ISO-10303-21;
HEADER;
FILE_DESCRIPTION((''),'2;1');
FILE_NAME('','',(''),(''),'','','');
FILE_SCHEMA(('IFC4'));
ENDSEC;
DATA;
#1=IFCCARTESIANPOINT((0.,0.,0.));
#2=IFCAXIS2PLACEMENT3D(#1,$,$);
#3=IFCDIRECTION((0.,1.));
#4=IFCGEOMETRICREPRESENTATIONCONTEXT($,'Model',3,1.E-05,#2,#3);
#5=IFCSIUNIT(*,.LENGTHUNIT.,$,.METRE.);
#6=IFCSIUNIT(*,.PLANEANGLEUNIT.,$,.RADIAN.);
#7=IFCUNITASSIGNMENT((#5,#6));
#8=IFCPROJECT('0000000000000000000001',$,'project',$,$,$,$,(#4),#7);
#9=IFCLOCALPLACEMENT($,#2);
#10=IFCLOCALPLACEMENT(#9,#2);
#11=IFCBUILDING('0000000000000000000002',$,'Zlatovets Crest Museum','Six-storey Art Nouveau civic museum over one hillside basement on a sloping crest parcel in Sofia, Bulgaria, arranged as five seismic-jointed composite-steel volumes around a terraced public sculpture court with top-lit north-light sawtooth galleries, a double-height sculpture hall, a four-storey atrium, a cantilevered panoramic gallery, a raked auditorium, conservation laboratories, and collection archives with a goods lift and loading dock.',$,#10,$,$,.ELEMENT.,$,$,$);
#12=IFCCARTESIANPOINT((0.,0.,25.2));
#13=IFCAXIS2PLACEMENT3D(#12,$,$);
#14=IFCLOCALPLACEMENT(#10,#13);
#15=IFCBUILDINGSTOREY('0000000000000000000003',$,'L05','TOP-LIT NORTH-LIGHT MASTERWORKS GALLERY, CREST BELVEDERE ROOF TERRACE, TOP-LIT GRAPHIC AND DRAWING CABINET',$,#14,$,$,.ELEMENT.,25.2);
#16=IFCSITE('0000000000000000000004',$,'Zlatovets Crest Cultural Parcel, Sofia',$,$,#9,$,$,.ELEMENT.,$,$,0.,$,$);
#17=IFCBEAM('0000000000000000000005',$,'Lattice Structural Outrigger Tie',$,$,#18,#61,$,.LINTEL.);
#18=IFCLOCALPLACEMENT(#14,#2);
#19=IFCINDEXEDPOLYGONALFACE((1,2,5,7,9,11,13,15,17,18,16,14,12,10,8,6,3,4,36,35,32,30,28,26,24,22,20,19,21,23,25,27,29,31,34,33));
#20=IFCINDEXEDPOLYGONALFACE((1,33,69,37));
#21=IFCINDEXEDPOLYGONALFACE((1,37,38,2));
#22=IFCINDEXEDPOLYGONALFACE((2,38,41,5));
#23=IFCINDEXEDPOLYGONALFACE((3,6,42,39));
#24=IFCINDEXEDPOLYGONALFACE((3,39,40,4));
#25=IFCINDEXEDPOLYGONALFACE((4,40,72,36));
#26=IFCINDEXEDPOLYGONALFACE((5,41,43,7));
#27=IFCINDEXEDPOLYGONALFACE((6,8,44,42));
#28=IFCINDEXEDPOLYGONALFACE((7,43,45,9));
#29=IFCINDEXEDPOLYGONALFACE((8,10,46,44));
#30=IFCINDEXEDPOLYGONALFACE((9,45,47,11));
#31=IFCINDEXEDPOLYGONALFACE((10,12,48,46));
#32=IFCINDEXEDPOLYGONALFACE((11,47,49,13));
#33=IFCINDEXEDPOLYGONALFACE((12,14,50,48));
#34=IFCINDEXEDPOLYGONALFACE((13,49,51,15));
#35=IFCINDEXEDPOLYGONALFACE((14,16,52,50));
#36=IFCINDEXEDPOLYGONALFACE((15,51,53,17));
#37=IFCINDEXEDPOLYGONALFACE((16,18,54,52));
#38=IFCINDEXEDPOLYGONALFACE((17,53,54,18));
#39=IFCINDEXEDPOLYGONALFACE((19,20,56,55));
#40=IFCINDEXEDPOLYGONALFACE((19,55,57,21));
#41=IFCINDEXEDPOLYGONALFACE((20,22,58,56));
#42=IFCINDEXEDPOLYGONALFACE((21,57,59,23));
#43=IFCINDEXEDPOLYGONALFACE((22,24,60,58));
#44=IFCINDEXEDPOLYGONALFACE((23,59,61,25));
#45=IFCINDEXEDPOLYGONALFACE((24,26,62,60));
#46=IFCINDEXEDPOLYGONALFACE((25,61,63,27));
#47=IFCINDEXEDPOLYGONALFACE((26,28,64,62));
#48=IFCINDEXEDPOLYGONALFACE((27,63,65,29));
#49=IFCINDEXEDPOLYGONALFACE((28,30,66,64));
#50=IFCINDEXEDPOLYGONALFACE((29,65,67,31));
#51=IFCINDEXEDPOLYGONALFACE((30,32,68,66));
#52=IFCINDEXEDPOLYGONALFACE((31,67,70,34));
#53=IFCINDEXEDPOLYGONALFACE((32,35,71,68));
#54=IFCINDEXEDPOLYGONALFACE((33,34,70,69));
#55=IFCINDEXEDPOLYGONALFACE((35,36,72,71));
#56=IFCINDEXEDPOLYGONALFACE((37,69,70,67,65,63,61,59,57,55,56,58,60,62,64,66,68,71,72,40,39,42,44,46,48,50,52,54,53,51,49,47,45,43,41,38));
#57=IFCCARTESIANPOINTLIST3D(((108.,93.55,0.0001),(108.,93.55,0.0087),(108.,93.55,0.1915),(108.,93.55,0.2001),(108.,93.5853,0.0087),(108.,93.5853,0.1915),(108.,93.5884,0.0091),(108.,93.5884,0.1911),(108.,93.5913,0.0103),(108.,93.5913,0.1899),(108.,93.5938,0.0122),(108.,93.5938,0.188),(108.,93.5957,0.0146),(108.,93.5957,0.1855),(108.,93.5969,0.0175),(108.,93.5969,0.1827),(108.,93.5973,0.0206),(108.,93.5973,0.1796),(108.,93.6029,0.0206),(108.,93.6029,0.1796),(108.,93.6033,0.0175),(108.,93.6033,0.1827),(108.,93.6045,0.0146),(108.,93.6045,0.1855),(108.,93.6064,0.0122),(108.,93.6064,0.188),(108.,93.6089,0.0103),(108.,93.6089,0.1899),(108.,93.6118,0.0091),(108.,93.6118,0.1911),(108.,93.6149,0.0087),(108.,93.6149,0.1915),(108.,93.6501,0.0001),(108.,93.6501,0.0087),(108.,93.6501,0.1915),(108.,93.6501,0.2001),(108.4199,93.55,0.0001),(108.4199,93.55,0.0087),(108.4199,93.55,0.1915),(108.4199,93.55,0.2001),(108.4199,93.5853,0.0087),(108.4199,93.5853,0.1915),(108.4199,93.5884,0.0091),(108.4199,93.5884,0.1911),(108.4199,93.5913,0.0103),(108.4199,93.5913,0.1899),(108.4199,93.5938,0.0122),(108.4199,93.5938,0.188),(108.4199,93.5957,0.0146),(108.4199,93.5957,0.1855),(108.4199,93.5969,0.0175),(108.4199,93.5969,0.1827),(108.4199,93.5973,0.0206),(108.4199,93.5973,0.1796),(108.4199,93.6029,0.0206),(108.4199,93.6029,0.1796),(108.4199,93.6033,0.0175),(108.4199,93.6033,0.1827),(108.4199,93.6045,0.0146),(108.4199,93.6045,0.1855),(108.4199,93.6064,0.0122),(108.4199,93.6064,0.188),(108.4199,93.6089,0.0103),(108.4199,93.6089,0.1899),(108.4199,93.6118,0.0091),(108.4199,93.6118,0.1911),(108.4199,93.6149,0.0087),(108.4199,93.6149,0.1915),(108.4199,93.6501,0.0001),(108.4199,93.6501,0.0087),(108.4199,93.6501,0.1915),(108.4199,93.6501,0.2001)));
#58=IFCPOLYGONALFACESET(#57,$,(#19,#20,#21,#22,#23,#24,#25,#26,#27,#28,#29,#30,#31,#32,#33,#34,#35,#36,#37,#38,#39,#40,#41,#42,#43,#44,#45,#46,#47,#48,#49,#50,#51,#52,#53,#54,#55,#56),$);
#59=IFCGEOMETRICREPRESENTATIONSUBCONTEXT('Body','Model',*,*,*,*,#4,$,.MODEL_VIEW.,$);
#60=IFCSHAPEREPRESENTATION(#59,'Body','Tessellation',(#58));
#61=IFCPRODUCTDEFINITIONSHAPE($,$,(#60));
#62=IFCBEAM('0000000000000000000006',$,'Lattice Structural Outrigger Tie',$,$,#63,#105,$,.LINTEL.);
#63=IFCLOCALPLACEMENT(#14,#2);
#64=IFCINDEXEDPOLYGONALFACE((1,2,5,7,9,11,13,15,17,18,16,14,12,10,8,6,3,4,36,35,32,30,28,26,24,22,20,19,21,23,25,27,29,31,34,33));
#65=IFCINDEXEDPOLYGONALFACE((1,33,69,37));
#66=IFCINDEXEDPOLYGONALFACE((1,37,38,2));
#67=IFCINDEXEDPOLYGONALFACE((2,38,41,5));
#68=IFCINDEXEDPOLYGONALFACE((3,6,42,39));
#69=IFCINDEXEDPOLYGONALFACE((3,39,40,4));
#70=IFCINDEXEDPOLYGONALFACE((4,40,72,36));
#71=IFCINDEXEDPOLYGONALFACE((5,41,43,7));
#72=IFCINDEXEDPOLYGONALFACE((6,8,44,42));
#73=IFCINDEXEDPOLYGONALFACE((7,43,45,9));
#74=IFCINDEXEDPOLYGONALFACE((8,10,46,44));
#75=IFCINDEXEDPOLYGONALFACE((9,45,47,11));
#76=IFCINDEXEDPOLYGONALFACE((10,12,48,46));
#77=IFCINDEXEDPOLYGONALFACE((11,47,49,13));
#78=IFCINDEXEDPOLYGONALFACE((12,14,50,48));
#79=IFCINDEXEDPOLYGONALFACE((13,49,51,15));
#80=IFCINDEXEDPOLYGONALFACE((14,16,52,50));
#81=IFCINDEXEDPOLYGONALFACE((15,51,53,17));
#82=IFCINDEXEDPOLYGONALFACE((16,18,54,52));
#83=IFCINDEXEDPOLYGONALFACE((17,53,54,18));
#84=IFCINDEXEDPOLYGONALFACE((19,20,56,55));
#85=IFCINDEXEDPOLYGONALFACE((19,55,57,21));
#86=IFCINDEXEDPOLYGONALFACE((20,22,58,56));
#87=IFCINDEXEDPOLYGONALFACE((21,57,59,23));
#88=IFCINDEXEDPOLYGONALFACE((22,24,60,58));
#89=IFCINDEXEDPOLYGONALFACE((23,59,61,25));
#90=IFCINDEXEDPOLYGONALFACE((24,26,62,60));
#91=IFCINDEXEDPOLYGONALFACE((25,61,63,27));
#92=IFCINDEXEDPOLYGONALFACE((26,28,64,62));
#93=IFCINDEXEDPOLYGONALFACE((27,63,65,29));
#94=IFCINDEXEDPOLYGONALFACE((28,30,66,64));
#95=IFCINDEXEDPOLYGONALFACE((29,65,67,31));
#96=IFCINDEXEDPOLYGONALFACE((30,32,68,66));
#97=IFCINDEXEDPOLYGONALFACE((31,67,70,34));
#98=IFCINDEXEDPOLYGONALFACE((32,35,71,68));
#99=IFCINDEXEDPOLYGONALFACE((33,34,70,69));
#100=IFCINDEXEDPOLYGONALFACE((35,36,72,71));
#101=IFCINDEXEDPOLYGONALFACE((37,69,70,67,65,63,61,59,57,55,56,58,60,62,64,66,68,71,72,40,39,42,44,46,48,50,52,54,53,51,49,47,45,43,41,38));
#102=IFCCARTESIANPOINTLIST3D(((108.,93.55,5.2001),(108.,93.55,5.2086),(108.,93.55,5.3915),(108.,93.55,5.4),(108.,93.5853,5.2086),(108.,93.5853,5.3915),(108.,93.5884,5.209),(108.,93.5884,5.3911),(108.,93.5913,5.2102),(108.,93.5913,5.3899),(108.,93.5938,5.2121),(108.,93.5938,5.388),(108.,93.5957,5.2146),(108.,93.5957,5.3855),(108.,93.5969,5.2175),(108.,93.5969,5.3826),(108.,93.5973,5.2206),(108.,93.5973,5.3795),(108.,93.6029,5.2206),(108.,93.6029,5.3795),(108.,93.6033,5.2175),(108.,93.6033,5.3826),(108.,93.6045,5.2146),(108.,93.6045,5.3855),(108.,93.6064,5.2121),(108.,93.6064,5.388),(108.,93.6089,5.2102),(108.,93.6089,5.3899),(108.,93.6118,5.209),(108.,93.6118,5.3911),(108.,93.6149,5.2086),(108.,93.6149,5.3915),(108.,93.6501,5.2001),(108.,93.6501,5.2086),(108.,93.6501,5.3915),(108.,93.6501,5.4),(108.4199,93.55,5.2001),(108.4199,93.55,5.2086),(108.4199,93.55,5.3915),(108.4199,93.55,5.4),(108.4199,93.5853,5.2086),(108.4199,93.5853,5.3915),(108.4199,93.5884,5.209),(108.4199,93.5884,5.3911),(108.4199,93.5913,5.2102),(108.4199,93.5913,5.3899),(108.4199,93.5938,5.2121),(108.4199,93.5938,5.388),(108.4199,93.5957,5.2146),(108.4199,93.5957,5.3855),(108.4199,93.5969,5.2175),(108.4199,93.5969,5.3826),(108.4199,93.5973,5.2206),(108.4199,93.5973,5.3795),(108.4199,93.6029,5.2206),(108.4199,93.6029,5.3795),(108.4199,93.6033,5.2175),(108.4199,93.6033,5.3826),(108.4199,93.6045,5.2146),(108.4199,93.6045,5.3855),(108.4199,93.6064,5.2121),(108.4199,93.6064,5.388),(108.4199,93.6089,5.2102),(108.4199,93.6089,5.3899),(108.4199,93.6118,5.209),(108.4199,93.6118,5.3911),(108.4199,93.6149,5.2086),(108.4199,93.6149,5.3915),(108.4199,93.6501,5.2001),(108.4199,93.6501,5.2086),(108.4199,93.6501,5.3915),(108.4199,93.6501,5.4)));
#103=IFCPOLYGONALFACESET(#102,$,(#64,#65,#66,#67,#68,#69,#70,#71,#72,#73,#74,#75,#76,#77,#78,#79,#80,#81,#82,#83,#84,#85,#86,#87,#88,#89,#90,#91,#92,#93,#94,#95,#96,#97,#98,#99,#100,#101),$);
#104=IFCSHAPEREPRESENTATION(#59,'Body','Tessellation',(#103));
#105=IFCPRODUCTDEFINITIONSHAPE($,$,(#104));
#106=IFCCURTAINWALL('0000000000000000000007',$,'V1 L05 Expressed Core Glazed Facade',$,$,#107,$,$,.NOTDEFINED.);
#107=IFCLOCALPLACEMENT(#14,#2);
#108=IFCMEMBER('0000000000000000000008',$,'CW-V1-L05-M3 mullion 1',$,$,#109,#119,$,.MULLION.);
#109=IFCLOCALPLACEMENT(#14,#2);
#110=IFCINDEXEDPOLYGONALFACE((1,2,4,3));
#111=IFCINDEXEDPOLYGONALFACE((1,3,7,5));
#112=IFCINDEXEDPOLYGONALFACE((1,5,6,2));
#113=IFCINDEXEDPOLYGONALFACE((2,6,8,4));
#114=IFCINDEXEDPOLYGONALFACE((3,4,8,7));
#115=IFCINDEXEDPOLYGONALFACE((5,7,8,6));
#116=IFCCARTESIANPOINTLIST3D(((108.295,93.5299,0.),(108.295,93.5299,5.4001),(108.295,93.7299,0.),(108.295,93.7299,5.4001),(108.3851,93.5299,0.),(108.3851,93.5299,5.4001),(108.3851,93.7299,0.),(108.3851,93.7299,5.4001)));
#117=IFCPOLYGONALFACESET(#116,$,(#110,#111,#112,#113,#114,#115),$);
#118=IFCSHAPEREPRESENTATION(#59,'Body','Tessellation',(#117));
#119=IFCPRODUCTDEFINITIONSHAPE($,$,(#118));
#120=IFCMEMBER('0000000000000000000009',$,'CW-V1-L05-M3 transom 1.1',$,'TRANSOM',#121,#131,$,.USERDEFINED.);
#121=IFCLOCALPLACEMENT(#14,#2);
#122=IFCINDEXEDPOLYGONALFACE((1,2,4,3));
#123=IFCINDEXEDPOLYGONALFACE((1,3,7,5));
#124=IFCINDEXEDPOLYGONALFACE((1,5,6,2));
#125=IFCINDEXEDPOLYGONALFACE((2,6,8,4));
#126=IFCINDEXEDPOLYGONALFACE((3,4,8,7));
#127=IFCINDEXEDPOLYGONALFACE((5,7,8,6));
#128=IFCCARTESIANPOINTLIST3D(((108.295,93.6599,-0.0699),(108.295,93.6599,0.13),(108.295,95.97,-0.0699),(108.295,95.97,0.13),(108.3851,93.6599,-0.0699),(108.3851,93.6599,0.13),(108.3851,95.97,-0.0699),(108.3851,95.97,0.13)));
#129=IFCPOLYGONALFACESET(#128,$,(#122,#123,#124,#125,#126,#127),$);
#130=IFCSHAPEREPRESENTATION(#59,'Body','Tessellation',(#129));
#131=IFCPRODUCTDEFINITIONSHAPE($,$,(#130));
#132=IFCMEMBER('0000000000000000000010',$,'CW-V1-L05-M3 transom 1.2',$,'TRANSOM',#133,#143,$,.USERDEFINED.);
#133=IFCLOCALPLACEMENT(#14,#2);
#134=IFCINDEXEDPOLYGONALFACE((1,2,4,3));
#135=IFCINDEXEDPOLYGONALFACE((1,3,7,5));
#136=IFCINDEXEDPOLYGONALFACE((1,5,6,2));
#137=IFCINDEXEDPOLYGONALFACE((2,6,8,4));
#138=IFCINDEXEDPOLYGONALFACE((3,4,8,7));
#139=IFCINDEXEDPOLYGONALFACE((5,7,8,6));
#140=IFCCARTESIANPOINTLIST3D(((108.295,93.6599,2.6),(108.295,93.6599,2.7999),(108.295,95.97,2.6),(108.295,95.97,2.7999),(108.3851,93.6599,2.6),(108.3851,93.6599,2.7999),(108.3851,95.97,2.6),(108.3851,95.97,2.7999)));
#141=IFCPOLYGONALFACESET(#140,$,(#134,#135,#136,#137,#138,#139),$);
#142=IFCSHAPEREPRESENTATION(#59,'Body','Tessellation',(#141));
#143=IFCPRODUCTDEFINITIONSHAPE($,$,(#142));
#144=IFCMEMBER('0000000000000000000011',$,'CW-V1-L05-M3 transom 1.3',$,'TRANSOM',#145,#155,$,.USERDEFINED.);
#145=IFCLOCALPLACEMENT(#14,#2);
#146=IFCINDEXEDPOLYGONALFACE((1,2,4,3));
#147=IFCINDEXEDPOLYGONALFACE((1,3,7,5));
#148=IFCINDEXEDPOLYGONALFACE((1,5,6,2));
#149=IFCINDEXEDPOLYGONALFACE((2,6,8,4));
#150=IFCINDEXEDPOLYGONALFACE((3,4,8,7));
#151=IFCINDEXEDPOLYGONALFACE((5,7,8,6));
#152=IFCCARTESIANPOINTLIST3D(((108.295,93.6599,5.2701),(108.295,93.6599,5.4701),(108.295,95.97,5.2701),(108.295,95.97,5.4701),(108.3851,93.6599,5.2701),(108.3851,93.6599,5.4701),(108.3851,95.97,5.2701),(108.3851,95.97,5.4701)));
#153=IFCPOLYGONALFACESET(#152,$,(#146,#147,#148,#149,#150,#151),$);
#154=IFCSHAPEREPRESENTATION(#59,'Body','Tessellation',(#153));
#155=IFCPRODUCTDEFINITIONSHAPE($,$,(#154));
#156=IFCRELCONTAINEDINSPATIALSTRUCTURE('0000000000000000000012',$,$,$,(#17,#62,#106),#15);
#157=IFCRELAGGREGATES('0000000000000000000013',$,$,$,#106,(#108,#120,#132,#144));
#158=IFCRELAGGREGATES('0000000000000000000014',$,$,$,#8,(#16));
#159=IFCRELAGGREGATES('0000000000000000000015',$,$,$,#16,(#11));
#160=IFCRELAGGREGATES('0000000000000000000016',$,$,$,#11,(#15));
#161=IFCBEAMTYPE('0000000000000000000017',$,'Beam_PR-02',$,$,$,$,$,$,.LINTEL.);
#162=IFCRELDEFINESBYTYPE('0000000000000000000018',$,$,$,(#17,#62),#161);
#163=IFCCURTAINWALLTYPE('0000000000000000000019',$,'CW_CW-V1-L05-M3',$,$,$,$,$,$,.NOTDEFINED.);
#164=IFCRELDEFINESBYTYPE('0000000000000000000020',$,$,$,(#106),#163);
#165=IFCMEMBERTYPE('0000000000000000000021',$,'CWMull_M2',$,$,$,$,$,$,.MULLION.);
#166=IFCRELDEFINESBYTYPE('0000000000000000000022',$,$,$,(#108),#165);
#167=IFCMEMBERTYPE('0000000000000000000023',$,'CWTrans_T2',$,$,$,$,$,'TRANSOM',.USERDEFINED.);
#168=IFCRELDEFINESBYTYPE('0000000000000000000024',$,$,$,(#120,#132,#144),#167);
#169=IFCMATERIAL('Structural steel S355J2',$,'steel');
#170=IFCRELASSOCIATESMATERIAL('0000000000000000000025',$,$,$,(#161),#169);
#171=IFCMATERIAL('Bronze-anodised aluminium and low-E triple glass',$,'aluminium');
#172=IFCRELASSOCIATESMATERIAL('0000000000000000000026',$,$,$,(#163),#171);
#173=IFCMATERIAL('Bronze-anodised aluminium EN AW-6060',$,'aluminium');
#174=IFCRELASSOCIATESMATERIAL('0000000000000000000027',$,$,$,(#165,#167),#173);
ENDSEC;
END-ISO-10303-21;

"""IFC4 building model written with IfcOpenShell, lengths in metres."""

from ifc_helpers import new_model, si_unit, direction, frame, origin, origin_2d, place, context, subcontext, project, spatial, rectangle, i_section, extrude, material, material_profile, profile_set, type_object, element, aggregate, save


model = new_model("IFC4")

# Units and contexts
model_context = context("Model", 3, precision=1e-05, world=origin(), true_north=direction((0.0, 1.0)))
body_context = subcontext(model_context, "Body", "Model", "MODEL_VIEW")
ifc_project = project(units=[si_unit("LENGTHUNIT", "METRE"), si_unit("PLANEANGLEUNIT", "RADIAN")], contexts=[model_context])

# Site, building, storey
site_placement = place(None, origin())
site = spatial("IfcSite", under=ifc_project, at=site_placement, Name="Zlatovets Crest Cultural Parcel, Sofia", CompositionType="ELEMENT", RefElevation=0.0)
building_placement = place(site_placement, origin())
building = spatial("IfcBuilding", under=site, at=building_placement, Name="Zlatovets Crest Museum", Description="Six-storey Art Nouveau civic museum over one hillside basement on a sloping crest parcel in Sofia, Bulgaria, arranged as five seismic-jointed composite-steel volumes around a terraced public sculpture court with top-lit north-light sawtooth galleries, a double-height sculpture hall, a four-storey atrium, a cantilevered panoramic gallery, a raked auditorium, conservation laboratories, and collection archives with a goods lift and loading dock.", CompositionType="ELEMENT")
storey_placement = place(building_placement, frame((0.0, 0.0, 25.2)))
storey = spatial("IfcBuildingStorey", under=building, at=storey_placement, Name="L05", Description="TOP-LIT NORTH-LIGHT MASTERWORKS GALLERY, CREST BELVEDERE ROOF TERRACE, TOP-LIT GRAPHIC AND DRAWING CABINET", CompositionType="ELEMENT", Elevation=25.2)

# Shared definitions
ifc_material_1 = material(Name="Structural steel S355J2", Category="steel")

# Beams
ifc_material_profile_1 = material_profile(ifc_material_1, i_section(OverallWidth=0.1001, OverallDepth=0.2, WebThickness=0.0056, FlangeThickness=0.0085, FilletRadius=0.012, at=origin_2d()), Name="IPE 200")
ifc_profile_set_1 = profile_set([ifc_material_profile_1], Name="Structural steel S355J2")
beam_type_1 = type_object("IfcBeamType", Name="Beam_PR-02", PredefinedType="LINTEL", material=ifc_profile_set_1)
for number, where, z_axis, x_axis, name in (
    (1, (108.0, 93.6001, 0.1001), (1.0, 0.0, 0.0), (0.0, 1.0, 0.0), "Lattice Structural Outrigger Tie"),
    (2, (108.0, 93.6001, 5.3), (1.0, 0.0, 0.0), (0.0, 1.0, 0.0), "Lattice Structural Outrigger Tie"),
):
    element("IfcBeam", number, at=place(storey_placement, frame(where, z_axis=z_axis, x_axis=x_axis)), inside=storey, type_object=beam_type_1, Name=name, PredefinedType="LINTEL", context=body_context, shape_type="SweptSolid", body=[
        extrude(i_section(OverallWidth=0.1001, OverallDepth=0.2, WebThickness=0.0056, FlangeThickness=0.0085, FilletRadius=0.012, at=origin_2d()), origin(), (0.0, 0.0, 1.0), 0.4199),
    ])

# Curtain wall, members
ifc_material_2 = material(Name="Bronze-anodised aluminium and low-E triple glass", Category="aluminium")
curtain_wall_type = type_object("IfcCurtainWallType", Name="CW_CW-V1-L05-M3", PredefinedType="NOTDEFINED", material=ifc_material_2)
curtain_wall_placement = place(storey_placement, origin())
curtain_wall = element("IfcCurtainWall", 3, at=curtain_wall_placement, inside=storey, type_object=curtain_wall_type, Name="V1 L05 Expressed Core Glazed Facade", PredefinedType="NOTDEFINED")
ifc_material_3 = material(Name="Bronze-anodised aluminium EN AW-6060", Category="aluminium")
ifc_material_profile_2 = material_profile(ifc_material_3, rectangle(XDim=0.0901, YDim=0.2, at=origin_2d()), Name="ALU 90x200")
ifc_profile_set_2 = profile_set([ifc_material_profile_2], Name="Bronze-anodised aluminium EN AW-6060")
member_type_1 = type_object("IfcMemberType", Name="CWMull_M2", PredefinedType="MULLION", material=ifc_profile_set_2)
member_1_placement = place(storey_placement, frame((108.3401, 93.6299, 0.0), z_axis=(0.0, 0.0, 1.0), x_axis=(-1.0, 0.0, 0.0)))
member_1 = element("IfcMember", 4, at=member_1_placement, type_object=member_type_1, Name="CW-V1-L05-M3 mullion 1", PredefinedType="MULLION", context=body_context, shape_type="SweptSolid", body=[
    extrude(rectangle(XDim=0.0901, YDim=0.2, at=origin_2d()), origin(), (0.0, 0.0, 1.0), 5.4001),
])
ifc_material_profile_3 = material_profile(ifc_material_3, rectangle(XDim=0.0901, YDim=0.2, at=origin_2d()), Name="ALU 90x200")
ifc_profile_set_3 = profile_set([ifc_material_profile_3], Name="Bronze-anodised aluminium EN AW-6060")
member_type_2 = type_object("IfcMemberType", Name="CWTrans_T2", ElementType="TRANSOM", PredefinedType="USERDEFINED", material=ifc_profile_set_3)
member_2_placement = place(storey_placement, frame((108.3401, 93.6599, 0.03), z_axis=(0.0, 1.0, 0.0), x_axis=(-1.0, 0.0, 0.0)))
member_2 = element("IfcMember", 5, at=member_2_placement, type_object=member_type_2, Name="CW-V1-L05-M3 transom 1.1", ObjectType="TRANSOM", PredefinedType="USERDEFINED", context=body_context, shape_type="SweptSolid", body=[
    extrude(rectangle(XDim=0.0901, YDim=0.2, at=origin_2d()), origin(), (0.0, 0.0, 1.0), 2.3101),
])
member_3_placement = place(storey_placement, frame((108.3401, 93.6599, 2.7), z_axis=(0.0, 1.0, 0.0), x_axis=(-1.0, 0.0, 0.0)))
member_3 = element("IfcMember", 6, at=member_3_placement, type_object=member_type_2, Name="CW-V1-L05-M3 transom 1.2", ObjectType="TRANSOM", PredefinedType="USERDEFINED", context=body_context, shape_type="SweptSolid", body=[
    extrude(rectangle(XDim=0.0901, YDim=0.2, at=origin_2d()), origin(), (0.0, 0.0, 1.0), 2.3101),
])
member_4_placement = place(storey_placement, frame((108.3401, 93.6599, 5.3701), z_axis=(0.0, 1.0, 0.0), x_axis=(-1.0, 0.0, 0.0)))
member_4 = element("IfcMember", 7, at=member_4_placement, type_object=member_type_2, Name="CW-V1-L05-M3 transom 1.3", ObjectType="TRANSOM", PredefinedType="USERDEFINED", context=body_context, shape_type="SweptSolid", body=[
    extrude(rectangle(XDim=0.0901, YDim=0.2, at=origin_2d()), origin(), (0.0, 0.0, 1.0), 2.3101),
])
aggregate(curtain_wall, [member_1, member_2, member_3, member_4])

save(model, "model.ifc")
